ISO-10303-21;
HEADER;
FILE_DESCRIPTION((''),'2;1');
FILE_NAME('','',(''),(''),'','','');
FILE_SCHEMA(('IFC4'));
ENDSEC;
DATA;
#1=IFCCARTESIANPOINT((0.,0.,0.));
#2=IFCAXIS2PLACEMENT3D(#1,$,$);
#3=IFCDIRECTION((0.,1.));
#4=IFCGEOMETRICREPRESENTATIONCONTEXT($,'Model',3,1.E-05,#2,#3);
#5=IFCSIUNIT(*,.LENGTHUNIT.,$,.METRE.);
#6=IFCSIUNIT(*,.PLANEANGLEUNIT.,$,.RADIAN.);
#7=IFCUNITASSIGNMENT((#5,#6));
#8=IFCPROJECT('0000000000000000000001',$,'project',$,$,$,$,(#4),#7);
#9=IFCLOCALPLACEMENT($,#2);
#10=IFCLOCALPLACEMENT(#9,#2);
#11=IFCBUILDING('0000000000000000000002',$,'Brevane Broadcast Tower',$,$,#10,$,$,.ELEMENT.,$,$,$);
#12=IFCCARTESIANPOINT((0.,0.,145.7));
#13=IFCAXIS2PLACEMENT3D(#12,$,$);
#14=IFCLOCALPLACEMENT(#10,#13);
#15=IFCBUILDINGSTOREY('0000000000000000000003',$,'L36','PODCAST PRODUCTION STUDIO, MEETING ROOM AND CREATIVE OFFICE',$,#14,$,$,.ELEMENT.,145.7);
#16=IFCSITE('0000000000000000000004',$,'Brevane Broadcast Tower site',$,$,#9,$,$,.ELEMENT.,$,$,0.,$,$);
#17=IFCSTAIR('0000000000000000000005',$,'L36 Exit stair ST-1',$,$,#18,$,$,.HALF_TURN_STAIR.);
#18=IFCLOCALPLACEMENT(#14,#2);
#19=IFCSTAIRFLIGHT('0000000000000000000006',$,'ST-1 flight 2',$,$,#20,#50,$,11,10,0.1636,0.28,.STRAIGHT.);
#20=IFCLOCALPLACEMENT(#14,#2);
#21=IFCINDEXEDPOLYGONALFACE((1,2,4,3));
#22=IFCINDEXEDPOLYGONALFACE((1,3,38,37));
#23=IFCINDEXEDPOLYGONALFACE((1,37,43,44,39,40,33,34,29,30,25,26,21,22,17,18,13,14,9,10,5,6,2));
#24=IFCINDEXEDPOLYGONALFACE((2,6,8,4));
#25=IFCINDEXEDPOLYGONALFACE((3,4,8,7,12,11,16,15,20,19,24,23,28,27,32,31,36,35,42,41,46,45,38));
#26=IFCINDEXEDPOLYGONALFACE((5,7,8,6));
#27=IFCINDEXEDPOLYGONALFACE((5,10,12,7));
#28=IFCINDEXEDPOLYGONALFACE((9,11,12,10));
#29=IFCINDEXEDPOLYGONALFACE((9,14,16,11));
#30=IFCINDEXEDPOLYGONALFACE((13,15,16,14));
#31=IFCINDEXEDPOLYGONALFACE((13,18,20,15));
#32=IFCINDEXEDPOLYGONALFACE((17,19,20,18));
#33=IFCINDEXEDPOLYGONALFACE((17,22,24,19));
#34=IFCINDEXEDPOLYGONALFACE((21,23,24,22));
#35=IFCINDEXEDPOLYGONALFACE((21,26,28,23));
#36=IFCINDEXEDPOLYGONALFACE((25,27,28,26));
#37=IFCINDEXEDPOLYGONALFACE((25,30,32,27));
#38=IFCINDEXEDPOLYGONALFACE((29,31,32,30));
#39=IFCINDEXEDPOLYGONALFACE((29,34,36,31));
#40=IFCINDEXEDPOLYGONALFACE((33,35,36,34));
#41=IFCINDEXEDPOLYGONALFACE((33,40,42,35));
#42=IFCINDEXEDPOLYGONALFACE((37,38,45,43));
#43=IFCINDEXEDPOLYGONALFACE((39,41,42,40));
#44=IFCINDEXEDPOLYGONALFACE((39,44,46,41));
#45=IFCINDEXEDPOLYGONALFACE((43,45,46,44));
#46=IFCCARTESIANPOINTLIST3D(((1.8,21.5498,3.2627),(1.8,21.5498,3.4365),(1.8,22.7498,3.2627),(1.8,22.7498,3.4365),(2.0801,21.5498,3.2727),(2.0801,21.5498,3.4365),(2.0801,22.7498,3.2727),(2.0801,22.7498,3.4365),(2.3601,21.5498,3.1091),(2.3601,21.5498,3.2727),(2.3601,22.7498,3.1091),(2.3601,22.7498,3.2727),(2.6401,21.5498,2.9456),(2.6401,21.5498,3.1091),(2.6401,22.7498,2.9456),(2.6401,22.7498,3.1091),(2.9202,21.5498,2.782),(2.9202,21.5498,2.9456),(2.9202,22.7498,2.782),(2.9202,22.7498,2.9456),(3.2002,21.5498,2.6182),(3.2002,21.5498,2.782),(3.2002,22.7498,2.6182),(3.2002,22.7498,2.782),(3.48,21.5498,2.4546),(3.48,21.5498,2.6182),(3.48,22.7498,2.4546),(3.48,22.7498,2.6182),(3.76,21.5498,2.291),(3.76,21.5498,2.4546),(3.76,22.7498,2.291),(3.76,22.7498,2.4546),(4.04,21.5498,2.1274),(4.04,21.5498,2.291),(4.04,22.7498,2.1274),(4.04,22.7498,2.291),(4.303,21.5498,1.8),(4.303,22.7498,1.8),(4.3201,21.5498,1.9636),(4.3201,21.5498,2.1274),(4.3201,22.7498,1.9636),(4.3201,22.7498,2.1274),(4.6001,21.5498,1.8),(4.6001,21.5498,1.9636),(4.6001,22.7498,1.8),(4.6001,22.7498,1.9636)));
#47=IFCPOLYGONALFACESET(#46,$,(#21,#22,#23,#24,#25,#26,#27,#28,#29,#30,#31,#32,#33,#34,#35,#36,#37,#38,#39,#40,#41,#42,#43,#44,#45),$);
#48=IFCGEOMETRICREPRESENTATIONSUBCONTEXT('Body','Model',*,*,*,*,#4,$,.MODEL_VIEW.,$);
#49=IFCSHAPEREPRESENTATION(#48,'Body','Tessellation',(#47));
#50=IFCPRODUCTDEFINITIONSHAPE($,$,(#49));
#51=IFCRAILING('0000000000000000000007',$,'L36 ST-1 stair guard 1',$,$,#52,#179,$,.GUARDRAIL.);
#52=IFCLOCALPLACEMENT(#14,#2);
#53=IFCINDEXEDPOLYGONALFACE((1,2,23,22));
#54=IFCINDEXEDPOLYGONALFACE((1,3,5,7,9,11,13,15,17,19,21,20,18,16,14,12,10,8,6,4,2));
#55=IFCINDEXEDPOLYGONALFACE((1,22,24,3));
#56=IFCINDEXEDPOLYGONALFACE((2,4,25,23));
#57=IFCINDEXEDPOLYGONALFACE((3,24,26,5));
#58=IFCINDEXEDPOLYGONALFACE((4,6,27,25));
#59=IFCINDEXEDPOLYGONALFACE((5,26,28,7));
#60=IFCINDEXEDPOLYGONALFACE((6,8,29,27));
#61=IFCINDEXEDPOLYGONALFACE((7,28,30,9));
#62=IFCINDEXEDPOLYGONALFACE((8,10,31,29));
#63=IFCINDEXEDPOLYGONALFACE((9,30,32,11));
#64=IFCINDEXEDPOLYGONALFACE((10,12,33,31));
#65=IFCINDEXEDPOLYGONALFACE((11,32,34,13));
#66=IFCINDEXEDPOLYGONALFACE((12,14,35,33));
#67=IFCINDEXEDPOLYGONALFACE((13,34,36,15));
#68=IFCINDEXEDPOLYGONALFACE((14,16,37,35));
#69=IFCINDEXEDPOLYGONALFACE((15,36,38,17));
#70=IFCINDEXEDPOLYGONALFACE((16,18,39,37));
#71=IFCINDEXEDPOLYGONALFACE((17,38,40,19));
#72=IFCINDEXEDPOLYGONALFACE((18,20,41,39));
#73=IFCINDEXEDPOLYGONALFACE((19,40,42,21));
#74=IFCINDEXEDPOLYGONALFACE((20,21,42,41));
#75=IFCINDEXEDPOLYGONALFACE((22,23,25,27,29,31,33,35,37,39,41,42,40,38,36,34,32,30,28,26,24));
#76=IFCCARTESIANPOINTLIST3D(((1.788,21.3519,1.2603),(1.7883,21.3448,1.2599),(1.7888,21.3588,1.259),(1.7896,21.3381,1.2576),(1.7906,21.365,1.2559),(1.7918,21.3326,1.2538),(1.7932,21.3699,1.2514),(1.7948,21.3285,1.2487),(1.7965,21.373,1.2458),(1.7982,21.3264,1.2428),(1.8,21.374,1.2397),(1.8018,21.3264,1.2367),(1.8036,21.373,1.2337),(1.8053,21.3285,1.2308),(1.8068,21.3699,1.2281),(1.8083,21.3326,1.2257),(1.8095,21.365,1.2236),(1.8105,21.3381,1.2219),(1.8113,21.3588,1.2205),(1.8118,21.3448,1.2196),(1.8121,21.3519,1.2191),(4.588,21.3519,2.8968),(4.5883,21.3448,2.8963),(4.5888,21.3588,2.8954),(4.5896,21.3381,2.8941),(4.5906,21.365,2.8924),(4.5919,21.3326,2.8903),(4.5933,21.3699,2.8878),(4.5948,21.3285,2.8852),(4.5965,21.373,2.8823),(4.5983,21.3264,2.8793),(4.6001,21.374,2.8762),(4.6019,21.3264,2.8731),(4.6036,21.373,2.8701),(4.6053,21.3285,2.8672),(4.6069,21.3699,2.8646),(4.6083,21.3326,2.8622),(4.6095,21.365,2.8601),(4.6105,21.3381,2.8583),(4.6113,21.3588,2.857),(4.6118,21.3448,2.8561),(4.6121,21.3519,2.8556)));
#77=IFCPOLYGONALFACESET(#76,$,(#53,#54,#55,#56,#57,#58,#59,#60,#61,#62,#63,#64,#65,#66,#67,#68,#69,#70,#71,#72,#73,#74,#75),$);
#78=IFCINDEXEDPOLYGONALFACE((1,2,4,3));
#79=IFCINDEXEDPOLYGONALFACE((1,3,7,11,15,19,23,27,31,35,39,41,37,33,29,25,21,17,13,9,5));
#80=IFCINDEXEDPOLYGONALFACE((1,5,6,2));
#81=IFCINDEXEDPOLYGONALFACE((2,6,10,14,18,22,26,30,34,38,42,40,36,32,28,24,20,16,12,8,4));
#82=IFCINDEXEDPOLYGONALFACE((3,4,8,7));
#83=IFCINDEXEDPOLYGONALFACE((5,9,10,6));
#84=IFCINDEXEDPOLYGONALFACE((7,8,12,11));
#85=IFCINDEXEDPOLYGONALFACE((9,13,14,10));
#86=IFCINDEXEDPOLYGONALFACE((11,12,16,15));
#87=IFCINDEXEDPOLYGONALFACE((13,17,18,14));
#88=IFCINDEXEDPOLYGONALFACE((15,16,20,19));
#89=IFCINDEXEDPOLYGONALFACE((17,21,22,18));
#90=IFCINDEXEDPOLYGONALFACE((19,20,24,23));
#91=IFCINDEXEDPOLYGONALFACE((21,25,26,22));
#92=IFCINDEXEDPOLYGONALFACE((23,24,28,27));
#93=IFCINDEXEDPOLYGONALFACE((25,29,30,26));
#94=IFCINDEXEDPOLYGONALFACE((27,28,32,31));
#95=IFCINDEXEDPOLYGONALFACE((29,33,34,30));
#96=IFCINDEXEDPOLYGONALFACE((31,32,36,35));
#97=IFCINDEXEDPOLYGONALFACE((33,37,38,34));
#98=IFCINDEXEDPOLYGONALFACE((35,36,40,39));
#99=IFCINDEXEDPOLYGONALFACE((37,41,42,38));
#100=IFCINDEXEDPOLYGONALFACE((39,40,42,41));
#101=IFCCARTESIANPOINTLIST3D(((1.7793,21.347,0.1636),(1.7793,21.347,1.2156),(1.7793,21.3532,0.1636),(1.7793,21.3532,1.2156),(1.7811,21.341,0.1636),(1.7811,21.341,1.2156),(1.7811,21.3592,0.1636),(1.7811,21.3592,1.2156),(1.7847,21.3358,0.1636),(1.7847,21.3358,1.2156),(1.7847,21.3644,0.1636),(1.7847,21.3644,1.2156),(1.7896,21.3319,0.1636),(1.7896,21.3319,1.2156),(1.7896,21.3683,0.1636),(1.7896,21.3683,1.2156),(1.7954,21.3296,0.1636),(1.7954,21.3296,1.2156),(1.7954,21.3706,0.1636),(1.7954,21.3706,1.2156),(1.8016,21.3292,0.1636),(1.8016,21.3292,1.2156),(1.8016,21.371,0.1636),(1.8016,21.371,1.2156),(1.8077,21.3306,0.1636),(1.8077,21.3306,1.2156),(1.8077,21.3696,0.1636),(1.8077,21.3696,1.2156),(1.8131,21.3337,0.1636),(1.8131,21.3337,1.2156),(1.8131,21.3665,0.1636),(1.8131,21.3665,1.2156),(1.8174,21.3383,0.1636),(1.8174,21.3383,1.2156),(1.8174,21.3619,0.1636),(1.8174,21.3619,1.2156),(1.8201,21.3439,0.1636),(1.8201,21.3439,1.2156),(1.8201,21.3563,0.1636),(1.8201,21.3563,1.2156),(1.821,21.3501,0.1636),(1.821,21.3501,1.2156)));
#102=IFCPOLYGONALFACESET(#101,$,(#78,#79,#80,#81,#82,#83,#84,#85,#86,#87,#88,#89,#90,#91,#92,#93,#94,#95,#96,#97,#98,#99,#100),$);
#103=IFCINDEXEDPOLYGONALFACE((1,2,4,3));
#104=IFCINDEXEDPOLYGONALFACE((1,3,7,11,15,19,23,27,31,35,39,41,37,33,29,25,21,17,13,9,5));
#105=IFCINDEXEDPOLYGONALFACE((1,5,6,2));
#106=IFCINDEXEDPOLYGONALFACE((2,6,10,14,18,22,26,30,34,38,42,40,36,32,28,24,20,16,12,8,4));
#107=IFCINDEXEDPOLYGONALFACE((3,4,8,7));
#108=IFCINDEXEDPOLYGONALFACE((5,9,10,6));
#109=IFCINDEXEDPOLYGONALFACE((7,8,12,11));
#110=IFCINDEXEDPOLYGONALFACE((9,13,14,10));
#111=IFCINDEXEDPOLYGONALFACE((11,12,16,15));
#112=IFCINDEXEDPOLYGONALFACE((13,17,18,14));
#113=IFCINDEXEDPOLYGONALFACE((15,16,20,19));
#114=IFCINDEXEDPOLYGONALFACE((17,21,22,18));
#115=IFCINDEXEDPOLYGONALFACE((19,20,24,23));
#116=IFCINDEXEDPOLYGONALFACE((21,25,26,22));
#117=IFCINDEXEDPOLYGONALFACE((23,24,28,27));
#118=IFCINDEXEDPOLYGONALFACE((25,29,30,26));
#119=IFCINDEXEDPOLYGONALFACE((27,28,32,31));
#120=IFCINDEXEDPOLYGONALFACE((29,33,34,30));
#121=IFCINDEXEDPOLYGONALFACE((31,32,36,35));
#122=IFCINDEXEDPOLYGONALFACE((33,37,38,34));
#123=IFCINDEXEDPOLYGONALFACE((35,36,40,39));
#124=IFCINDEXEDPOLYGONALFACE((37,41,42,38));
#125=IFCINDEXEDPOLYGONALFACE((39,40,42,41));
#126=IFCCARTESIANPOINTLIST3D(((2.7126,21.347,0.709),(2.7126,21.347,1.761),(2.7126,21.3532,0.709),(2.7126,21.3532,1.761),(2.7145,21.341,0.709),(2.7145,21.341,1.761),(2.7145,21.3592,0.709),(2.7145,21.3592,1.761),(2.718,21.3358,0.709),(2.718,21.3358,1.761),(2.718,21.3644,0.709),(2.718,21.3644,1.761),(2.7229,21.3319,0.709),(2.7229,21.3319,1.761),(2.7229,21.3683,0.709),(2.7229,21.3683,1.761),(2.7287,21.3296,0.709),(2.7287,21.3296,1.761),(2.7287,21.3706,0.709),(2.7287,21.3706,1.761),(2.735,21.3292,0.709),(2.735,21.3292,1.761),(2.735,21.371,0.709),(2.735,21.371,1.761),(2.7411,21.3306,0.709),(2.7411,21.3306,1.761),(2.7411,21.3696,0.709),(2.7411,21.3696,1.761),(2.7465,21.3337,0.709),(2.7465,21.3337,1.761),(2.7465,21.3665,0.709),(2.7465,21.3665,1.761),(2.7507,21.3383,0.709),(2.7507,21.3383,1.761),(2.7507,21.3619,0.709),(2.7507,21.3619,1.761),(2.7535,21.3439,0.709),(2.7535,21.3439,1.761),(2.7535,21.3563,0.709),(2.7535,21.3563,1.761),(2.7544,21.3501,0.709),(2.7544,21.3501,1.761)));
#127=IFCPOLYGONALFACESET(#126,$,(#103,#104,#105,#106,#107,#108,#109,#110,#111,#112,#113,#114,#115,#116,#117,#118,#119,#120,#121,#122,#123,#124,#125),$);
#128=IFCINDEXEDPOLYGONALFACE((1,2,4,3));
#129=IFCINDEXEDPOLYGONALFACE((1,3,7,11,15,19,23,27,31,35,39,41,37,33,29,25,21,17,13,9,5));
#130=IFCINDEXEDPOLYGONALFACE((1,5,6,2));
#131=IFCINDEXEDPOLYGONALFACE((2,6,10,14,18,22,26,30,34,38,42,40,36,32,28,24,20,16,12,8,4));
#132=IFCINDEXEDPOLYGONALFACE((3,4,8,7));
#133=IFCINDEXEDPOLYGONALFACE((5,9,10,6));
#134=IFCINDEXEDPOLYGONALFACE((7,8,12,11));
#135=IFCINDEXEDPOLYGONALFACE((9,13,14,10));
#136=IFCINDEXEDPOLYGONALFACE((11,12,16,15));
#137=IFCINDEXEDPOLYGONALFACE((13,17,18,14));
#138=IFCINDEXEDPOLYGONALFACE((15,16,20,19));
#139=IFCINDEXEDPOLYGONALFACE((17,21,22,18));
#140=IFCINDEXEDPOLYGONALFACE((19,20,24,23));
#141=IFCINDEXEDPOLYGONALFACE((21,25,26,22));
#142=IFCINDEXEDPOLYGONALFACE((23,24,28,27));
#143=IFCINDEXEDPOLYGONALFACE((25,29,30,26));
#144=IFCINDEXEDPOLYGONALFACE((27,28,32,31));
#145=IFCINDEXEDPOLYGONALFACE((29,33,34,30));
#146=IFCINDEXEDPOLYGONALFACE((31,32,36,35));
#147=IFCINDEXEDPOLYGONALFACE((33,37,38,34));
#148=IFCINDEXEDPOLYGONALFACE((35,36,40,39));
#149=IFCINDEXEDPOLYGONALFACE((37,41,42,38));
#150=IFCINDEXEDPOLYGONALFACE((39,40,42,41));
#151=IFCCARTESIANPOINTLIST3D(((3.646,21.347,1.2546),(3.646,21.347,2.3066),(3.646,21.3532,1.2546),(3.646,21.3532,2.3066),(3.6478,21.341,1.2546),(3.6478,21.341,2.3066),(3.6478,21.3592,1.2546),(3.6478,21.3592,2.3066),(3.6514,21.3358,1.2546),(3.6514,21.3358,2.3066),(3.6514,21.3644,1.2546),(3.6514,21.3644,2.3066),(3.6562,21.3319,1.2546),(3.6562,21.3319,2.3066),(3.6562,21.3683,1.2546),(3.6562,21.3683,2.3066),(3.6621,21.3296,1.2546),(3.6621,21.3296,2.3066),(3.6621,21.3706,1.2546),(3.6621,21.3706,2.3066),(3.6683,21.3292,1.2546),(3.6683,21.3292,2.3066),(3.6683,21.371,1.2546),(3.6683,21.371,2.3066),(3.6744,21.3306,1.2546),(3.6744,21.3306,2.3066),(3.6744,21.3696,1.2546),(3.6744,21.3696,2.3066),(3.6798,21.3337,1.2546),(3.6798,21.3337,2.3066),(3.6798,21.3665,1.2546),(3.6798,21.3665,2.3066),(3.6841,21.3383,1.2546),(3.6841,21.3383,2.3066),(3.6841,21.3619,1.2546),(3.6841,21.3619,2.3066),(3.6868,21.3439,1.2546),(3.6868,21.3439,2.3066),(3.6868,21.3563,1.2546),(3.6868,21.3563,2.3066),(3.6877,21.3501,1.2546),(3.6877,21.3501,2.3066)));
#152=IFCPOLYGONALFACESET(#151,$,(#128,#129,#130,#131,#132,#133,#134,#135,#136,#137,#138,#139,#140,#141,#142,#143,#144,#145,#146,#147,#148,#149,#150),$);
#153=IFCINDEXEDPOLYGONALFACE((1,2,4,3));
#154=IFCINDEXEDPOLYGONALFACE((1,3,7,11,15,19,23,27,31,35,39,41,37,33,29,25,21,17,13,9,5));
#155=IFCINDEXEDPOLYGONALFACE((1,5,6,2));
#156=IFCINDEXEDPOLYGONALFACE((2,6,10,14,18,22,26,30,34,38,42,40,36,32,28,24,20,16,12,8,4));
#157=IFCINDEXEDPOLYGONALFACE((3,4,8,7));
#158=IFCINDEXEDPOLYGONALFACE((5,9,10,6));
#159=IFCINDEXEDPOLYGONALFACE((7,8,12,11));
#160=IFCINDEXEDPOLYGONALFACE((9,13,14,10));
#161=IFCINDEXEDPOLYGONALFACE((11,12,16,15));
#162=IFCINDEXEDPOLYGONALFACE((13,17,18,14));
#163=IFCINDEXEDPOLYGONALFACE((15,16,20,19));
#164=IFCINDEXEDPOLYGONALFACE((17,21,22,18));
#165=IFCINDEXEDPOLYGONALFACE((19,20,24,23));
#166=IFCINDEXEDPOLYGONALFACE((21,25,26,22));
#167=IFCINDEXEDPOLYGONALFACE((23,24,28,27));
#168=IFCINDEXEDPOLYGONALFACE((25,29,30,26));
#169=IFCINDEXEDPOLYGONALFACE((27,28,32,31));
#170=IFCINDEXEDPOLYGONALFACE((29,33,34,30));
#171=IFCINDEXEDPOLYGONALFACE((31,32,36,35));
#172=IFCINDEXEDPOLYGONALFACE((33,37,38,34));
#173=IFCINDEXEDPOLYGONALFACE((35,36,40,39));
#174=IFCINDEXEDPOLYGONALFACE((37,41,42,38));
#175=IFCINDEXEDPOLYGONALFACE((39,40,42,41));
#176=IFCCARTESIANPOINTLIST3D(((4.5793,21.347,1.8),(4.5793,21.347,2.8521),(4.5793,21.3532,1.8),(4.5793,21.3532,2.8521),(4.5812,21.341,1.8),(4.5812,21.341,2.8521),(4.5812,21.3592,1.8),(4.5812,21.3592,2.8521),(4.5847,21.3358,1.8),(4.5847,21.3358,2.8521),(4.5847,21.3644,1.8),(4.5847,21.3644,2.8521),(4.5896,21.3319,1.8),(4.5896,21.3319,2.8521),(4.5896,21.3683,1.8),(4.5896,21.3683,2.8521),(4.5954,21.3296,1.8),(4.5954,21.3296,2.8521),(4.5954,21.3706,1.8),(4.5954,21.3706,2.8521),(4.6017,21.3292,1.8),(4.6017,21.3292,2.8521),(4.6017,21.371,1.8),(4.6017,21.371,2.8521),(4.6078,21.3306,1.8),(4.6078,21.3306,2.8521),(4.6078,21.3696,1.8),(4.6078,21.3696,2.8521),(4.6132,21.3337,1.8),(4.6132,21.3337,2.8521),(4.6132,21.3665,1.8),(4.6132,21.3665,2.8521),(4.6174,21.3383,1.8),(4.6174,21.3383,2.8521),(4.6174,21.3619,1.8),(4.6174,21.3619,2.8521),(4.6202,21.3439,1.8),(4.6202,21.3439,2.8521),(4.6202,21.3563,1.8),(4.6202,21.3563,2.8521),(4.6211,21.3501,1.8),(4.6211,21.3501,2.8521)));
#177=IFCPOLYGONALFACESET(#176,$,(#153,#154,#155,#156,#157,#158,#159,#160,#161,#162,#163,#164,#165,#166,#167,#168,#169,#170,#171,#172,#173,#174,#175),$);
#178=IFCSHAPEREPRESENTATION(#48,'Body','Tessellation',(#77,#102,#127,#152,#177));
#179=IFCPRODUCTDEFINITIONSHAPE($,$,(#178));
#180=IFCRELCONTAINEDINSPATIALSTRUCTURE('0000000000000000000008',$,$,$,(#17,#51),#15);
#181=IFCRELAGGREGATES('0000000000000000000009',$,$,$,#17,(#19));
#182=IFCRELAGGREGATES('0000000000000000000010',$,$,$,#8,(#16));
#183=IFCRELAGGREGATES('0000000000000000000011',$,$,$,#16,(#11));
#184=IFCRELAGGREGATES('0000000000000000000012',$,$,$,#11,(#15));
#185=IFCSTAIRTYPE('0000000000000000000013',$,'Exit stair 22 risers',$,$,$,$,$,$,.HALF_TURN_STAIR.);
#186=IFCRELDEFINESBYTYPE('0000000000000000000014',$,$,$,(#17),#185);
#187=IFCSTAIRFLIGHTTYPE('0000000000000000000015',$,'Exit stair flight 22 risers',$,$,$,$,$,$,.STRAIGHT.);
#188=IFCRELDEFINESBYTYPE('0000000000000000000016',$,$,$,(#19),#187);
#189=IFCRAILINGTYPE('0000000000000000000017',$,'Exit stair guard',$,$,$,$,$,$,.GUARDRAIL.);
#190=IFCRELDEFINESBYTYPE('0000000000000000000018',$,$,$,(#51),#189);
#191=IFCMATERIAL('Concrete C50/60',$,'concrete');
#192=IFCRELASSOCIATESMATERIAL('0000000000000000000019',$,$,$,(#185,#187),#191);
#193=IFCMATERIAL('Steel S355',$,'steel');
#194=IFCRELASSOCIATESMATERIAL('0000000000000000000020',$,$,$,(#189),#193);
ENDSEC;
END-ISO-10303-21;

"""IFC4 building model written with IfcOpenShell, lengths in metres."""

from ifc_helpers import new_model, si_unit, direction, frame, origin, origin_2d, place, context, subcontext, project, spatial, polyline, circle, outline, extrude, material, type_object, element, aggregate, save


model = new_model("IFC4")

# Units and contexts
model_context = context("Model", 3, precision=1e-05, world=origin(), true_north=direction((0.0, 1.0)))
body_context = subcontext(model_context, "Body", "Model", "MODEL_VIEW")
ifc_project = project(units=[si_unit("LENGTHUNIT", "METRE"), si_unit("PLANEANGLEUNIT", "RADIAN")], contexts=[model_context])

# Site, building, storey
site_placement = place(None, origin())
site = spatial("IfcSite", under=ifc_project, at=site_placement, Name="Brevane Broadcast Tower site", CompositionType="ELEMENT", RefElevation=0.0)
building_placement = place(site_placement, origin())
building = spatial("IfcBuilding", under=site, at=building_placement, Name="Brevane Broadcast Tower", CompositionType="ELEMENT")
storey_placement = place(building_placement, frame((0.0, 0.0, 145.7)))
storey = spatial("IfcBuildingStorey", under=building, at=storey_placement, Name="L36", Description="PODCAST PRODUCTION STUDIO, MEETING ROOM AND CREATIVE OFFICE", CompositionType="ELEMENT", Elevation=145.7)

# Stair, stair flight
ifc_material_1 = material(Name="Concrete C50/60", Category="concrete")
stair_type = type_object("IfcStairType", Name="Exit stair 22 risers", PredefinedType="HALF_TURN_STAIR", material=ifc_material_1)
stair_placement = place(storey_placement, origin())
stair = element("IfcStair", 1, at=stair_placement, inside=storey, type_object=stair_type, Name="L36 Exit stair ST-1", PredefinedType="HALF_TURN_STAIR")
stair_flight_type = type_object("IfcStairFlightType", Name="Exit stair flight 22 risers", PredefinedType="STRAIGHT", material=ifc_material_1)
stair_flight_1_placement = place(storey_placement, frame((4.6001, 22.1499, 1.8), z_axis=(0.0, 0.0, 1.0), x_axis=(-1.0, 0.0, 0.0)))
stair_flight_1 = element("IfcStairFlight", 2, at=stair_flight_1_placement, type_object=stair_flight_type, Name="ST-1 flight 2", NumberOfRisers=11, NumberOfTreads=10, PredefinedType="STRAIGHT", RiserHeight=0.1636, TreadLength=0.28, context=body_context, shape_type="SweptSolid", body=[
    extrude(outline(polyline([(0.0, 0.0), (0.0, 0.1636), (0.28, 0.1636), (0.28, 0.3274), (0.5601, 0.3274), (0.5601, 0.491), (0.8401, 0.491), (0.8401, 0.6545), (1.1201, 0.6545), (1.1201, 0.8181), (1.3999, 0.8181), (1.3999, 0.9819), (1.6799, 0.9819), (1.6799, 1.1455), (1.96, 1.1455), (1.96, 1.3091), (2.24, 1.3091), (2.24, 1.4727), (2.52, 1.4727), (2.52, 1.6365), (2.8, 1.6365), (2.8, 1.8), (2.8, 1.4626), (0.2971, 0.0), (0.0, 0.0)])), frame((0.0, 0.6001, 0.0), z_axis=(0.0, -1.0, 0.0), x_axis=(1.0, 0.0, 0.0)), (0.0, 0.0, 1.0), 1.2),
])
aggregate(stair, [stair_flight_1])

# Railing
ifc_material_2 = material(Name="Steel S355", Category="steel")
railing_type_1 = type_object("IfcRailingType", Name="Exit stair guard", PredefinedType="GUARDRAIL", material=ifc_material_2)
railing_1_placement = place(storey_placement, frame((1.8, 21.3501, 0.1636)))
element("IfcRailing", 3, at=railing_1_placement, inside=storey, type_object=railing_type_1, Name="L36 ST-1 stair guard 1", PredefinedType="GUARDRAIL", context=body_context, shape_type="SweptSolid", body=[
    extrude(circle(Radius=0.0239, at=origin_2d()), frame((0.0, 0.0, 1.0762), z_axis=(0.863361, 0.0, 0.504587), x_axis=(0.0, 1.0, 0.0)), (0.0, 0.0, 1.0), 3.2432),
    extrude(circle(Radius=0.021, at=origin_2d()), origin(), (0.0, 0.0, 1.0), 1.052),
    extrude(circle(Radius=0.021, at=origin_2d()), frame((0.9333, 0.0, 0.5454)), (0.0, 0.0, 1.0), 1.052),
    extrude(circle(Radius=0.021, at=origin_2d()), frame((1.8667, 0.0, 1.0911)), (0.0, 0.0, 1.0), 1.052),
    extrude(circle(Radius=0.021, at=origin_2d()), frame((2.8, 0.0, 1.6365)), (0.0, 0.0, 1.0), 1.052),
])

save(model, "model.ifc")
